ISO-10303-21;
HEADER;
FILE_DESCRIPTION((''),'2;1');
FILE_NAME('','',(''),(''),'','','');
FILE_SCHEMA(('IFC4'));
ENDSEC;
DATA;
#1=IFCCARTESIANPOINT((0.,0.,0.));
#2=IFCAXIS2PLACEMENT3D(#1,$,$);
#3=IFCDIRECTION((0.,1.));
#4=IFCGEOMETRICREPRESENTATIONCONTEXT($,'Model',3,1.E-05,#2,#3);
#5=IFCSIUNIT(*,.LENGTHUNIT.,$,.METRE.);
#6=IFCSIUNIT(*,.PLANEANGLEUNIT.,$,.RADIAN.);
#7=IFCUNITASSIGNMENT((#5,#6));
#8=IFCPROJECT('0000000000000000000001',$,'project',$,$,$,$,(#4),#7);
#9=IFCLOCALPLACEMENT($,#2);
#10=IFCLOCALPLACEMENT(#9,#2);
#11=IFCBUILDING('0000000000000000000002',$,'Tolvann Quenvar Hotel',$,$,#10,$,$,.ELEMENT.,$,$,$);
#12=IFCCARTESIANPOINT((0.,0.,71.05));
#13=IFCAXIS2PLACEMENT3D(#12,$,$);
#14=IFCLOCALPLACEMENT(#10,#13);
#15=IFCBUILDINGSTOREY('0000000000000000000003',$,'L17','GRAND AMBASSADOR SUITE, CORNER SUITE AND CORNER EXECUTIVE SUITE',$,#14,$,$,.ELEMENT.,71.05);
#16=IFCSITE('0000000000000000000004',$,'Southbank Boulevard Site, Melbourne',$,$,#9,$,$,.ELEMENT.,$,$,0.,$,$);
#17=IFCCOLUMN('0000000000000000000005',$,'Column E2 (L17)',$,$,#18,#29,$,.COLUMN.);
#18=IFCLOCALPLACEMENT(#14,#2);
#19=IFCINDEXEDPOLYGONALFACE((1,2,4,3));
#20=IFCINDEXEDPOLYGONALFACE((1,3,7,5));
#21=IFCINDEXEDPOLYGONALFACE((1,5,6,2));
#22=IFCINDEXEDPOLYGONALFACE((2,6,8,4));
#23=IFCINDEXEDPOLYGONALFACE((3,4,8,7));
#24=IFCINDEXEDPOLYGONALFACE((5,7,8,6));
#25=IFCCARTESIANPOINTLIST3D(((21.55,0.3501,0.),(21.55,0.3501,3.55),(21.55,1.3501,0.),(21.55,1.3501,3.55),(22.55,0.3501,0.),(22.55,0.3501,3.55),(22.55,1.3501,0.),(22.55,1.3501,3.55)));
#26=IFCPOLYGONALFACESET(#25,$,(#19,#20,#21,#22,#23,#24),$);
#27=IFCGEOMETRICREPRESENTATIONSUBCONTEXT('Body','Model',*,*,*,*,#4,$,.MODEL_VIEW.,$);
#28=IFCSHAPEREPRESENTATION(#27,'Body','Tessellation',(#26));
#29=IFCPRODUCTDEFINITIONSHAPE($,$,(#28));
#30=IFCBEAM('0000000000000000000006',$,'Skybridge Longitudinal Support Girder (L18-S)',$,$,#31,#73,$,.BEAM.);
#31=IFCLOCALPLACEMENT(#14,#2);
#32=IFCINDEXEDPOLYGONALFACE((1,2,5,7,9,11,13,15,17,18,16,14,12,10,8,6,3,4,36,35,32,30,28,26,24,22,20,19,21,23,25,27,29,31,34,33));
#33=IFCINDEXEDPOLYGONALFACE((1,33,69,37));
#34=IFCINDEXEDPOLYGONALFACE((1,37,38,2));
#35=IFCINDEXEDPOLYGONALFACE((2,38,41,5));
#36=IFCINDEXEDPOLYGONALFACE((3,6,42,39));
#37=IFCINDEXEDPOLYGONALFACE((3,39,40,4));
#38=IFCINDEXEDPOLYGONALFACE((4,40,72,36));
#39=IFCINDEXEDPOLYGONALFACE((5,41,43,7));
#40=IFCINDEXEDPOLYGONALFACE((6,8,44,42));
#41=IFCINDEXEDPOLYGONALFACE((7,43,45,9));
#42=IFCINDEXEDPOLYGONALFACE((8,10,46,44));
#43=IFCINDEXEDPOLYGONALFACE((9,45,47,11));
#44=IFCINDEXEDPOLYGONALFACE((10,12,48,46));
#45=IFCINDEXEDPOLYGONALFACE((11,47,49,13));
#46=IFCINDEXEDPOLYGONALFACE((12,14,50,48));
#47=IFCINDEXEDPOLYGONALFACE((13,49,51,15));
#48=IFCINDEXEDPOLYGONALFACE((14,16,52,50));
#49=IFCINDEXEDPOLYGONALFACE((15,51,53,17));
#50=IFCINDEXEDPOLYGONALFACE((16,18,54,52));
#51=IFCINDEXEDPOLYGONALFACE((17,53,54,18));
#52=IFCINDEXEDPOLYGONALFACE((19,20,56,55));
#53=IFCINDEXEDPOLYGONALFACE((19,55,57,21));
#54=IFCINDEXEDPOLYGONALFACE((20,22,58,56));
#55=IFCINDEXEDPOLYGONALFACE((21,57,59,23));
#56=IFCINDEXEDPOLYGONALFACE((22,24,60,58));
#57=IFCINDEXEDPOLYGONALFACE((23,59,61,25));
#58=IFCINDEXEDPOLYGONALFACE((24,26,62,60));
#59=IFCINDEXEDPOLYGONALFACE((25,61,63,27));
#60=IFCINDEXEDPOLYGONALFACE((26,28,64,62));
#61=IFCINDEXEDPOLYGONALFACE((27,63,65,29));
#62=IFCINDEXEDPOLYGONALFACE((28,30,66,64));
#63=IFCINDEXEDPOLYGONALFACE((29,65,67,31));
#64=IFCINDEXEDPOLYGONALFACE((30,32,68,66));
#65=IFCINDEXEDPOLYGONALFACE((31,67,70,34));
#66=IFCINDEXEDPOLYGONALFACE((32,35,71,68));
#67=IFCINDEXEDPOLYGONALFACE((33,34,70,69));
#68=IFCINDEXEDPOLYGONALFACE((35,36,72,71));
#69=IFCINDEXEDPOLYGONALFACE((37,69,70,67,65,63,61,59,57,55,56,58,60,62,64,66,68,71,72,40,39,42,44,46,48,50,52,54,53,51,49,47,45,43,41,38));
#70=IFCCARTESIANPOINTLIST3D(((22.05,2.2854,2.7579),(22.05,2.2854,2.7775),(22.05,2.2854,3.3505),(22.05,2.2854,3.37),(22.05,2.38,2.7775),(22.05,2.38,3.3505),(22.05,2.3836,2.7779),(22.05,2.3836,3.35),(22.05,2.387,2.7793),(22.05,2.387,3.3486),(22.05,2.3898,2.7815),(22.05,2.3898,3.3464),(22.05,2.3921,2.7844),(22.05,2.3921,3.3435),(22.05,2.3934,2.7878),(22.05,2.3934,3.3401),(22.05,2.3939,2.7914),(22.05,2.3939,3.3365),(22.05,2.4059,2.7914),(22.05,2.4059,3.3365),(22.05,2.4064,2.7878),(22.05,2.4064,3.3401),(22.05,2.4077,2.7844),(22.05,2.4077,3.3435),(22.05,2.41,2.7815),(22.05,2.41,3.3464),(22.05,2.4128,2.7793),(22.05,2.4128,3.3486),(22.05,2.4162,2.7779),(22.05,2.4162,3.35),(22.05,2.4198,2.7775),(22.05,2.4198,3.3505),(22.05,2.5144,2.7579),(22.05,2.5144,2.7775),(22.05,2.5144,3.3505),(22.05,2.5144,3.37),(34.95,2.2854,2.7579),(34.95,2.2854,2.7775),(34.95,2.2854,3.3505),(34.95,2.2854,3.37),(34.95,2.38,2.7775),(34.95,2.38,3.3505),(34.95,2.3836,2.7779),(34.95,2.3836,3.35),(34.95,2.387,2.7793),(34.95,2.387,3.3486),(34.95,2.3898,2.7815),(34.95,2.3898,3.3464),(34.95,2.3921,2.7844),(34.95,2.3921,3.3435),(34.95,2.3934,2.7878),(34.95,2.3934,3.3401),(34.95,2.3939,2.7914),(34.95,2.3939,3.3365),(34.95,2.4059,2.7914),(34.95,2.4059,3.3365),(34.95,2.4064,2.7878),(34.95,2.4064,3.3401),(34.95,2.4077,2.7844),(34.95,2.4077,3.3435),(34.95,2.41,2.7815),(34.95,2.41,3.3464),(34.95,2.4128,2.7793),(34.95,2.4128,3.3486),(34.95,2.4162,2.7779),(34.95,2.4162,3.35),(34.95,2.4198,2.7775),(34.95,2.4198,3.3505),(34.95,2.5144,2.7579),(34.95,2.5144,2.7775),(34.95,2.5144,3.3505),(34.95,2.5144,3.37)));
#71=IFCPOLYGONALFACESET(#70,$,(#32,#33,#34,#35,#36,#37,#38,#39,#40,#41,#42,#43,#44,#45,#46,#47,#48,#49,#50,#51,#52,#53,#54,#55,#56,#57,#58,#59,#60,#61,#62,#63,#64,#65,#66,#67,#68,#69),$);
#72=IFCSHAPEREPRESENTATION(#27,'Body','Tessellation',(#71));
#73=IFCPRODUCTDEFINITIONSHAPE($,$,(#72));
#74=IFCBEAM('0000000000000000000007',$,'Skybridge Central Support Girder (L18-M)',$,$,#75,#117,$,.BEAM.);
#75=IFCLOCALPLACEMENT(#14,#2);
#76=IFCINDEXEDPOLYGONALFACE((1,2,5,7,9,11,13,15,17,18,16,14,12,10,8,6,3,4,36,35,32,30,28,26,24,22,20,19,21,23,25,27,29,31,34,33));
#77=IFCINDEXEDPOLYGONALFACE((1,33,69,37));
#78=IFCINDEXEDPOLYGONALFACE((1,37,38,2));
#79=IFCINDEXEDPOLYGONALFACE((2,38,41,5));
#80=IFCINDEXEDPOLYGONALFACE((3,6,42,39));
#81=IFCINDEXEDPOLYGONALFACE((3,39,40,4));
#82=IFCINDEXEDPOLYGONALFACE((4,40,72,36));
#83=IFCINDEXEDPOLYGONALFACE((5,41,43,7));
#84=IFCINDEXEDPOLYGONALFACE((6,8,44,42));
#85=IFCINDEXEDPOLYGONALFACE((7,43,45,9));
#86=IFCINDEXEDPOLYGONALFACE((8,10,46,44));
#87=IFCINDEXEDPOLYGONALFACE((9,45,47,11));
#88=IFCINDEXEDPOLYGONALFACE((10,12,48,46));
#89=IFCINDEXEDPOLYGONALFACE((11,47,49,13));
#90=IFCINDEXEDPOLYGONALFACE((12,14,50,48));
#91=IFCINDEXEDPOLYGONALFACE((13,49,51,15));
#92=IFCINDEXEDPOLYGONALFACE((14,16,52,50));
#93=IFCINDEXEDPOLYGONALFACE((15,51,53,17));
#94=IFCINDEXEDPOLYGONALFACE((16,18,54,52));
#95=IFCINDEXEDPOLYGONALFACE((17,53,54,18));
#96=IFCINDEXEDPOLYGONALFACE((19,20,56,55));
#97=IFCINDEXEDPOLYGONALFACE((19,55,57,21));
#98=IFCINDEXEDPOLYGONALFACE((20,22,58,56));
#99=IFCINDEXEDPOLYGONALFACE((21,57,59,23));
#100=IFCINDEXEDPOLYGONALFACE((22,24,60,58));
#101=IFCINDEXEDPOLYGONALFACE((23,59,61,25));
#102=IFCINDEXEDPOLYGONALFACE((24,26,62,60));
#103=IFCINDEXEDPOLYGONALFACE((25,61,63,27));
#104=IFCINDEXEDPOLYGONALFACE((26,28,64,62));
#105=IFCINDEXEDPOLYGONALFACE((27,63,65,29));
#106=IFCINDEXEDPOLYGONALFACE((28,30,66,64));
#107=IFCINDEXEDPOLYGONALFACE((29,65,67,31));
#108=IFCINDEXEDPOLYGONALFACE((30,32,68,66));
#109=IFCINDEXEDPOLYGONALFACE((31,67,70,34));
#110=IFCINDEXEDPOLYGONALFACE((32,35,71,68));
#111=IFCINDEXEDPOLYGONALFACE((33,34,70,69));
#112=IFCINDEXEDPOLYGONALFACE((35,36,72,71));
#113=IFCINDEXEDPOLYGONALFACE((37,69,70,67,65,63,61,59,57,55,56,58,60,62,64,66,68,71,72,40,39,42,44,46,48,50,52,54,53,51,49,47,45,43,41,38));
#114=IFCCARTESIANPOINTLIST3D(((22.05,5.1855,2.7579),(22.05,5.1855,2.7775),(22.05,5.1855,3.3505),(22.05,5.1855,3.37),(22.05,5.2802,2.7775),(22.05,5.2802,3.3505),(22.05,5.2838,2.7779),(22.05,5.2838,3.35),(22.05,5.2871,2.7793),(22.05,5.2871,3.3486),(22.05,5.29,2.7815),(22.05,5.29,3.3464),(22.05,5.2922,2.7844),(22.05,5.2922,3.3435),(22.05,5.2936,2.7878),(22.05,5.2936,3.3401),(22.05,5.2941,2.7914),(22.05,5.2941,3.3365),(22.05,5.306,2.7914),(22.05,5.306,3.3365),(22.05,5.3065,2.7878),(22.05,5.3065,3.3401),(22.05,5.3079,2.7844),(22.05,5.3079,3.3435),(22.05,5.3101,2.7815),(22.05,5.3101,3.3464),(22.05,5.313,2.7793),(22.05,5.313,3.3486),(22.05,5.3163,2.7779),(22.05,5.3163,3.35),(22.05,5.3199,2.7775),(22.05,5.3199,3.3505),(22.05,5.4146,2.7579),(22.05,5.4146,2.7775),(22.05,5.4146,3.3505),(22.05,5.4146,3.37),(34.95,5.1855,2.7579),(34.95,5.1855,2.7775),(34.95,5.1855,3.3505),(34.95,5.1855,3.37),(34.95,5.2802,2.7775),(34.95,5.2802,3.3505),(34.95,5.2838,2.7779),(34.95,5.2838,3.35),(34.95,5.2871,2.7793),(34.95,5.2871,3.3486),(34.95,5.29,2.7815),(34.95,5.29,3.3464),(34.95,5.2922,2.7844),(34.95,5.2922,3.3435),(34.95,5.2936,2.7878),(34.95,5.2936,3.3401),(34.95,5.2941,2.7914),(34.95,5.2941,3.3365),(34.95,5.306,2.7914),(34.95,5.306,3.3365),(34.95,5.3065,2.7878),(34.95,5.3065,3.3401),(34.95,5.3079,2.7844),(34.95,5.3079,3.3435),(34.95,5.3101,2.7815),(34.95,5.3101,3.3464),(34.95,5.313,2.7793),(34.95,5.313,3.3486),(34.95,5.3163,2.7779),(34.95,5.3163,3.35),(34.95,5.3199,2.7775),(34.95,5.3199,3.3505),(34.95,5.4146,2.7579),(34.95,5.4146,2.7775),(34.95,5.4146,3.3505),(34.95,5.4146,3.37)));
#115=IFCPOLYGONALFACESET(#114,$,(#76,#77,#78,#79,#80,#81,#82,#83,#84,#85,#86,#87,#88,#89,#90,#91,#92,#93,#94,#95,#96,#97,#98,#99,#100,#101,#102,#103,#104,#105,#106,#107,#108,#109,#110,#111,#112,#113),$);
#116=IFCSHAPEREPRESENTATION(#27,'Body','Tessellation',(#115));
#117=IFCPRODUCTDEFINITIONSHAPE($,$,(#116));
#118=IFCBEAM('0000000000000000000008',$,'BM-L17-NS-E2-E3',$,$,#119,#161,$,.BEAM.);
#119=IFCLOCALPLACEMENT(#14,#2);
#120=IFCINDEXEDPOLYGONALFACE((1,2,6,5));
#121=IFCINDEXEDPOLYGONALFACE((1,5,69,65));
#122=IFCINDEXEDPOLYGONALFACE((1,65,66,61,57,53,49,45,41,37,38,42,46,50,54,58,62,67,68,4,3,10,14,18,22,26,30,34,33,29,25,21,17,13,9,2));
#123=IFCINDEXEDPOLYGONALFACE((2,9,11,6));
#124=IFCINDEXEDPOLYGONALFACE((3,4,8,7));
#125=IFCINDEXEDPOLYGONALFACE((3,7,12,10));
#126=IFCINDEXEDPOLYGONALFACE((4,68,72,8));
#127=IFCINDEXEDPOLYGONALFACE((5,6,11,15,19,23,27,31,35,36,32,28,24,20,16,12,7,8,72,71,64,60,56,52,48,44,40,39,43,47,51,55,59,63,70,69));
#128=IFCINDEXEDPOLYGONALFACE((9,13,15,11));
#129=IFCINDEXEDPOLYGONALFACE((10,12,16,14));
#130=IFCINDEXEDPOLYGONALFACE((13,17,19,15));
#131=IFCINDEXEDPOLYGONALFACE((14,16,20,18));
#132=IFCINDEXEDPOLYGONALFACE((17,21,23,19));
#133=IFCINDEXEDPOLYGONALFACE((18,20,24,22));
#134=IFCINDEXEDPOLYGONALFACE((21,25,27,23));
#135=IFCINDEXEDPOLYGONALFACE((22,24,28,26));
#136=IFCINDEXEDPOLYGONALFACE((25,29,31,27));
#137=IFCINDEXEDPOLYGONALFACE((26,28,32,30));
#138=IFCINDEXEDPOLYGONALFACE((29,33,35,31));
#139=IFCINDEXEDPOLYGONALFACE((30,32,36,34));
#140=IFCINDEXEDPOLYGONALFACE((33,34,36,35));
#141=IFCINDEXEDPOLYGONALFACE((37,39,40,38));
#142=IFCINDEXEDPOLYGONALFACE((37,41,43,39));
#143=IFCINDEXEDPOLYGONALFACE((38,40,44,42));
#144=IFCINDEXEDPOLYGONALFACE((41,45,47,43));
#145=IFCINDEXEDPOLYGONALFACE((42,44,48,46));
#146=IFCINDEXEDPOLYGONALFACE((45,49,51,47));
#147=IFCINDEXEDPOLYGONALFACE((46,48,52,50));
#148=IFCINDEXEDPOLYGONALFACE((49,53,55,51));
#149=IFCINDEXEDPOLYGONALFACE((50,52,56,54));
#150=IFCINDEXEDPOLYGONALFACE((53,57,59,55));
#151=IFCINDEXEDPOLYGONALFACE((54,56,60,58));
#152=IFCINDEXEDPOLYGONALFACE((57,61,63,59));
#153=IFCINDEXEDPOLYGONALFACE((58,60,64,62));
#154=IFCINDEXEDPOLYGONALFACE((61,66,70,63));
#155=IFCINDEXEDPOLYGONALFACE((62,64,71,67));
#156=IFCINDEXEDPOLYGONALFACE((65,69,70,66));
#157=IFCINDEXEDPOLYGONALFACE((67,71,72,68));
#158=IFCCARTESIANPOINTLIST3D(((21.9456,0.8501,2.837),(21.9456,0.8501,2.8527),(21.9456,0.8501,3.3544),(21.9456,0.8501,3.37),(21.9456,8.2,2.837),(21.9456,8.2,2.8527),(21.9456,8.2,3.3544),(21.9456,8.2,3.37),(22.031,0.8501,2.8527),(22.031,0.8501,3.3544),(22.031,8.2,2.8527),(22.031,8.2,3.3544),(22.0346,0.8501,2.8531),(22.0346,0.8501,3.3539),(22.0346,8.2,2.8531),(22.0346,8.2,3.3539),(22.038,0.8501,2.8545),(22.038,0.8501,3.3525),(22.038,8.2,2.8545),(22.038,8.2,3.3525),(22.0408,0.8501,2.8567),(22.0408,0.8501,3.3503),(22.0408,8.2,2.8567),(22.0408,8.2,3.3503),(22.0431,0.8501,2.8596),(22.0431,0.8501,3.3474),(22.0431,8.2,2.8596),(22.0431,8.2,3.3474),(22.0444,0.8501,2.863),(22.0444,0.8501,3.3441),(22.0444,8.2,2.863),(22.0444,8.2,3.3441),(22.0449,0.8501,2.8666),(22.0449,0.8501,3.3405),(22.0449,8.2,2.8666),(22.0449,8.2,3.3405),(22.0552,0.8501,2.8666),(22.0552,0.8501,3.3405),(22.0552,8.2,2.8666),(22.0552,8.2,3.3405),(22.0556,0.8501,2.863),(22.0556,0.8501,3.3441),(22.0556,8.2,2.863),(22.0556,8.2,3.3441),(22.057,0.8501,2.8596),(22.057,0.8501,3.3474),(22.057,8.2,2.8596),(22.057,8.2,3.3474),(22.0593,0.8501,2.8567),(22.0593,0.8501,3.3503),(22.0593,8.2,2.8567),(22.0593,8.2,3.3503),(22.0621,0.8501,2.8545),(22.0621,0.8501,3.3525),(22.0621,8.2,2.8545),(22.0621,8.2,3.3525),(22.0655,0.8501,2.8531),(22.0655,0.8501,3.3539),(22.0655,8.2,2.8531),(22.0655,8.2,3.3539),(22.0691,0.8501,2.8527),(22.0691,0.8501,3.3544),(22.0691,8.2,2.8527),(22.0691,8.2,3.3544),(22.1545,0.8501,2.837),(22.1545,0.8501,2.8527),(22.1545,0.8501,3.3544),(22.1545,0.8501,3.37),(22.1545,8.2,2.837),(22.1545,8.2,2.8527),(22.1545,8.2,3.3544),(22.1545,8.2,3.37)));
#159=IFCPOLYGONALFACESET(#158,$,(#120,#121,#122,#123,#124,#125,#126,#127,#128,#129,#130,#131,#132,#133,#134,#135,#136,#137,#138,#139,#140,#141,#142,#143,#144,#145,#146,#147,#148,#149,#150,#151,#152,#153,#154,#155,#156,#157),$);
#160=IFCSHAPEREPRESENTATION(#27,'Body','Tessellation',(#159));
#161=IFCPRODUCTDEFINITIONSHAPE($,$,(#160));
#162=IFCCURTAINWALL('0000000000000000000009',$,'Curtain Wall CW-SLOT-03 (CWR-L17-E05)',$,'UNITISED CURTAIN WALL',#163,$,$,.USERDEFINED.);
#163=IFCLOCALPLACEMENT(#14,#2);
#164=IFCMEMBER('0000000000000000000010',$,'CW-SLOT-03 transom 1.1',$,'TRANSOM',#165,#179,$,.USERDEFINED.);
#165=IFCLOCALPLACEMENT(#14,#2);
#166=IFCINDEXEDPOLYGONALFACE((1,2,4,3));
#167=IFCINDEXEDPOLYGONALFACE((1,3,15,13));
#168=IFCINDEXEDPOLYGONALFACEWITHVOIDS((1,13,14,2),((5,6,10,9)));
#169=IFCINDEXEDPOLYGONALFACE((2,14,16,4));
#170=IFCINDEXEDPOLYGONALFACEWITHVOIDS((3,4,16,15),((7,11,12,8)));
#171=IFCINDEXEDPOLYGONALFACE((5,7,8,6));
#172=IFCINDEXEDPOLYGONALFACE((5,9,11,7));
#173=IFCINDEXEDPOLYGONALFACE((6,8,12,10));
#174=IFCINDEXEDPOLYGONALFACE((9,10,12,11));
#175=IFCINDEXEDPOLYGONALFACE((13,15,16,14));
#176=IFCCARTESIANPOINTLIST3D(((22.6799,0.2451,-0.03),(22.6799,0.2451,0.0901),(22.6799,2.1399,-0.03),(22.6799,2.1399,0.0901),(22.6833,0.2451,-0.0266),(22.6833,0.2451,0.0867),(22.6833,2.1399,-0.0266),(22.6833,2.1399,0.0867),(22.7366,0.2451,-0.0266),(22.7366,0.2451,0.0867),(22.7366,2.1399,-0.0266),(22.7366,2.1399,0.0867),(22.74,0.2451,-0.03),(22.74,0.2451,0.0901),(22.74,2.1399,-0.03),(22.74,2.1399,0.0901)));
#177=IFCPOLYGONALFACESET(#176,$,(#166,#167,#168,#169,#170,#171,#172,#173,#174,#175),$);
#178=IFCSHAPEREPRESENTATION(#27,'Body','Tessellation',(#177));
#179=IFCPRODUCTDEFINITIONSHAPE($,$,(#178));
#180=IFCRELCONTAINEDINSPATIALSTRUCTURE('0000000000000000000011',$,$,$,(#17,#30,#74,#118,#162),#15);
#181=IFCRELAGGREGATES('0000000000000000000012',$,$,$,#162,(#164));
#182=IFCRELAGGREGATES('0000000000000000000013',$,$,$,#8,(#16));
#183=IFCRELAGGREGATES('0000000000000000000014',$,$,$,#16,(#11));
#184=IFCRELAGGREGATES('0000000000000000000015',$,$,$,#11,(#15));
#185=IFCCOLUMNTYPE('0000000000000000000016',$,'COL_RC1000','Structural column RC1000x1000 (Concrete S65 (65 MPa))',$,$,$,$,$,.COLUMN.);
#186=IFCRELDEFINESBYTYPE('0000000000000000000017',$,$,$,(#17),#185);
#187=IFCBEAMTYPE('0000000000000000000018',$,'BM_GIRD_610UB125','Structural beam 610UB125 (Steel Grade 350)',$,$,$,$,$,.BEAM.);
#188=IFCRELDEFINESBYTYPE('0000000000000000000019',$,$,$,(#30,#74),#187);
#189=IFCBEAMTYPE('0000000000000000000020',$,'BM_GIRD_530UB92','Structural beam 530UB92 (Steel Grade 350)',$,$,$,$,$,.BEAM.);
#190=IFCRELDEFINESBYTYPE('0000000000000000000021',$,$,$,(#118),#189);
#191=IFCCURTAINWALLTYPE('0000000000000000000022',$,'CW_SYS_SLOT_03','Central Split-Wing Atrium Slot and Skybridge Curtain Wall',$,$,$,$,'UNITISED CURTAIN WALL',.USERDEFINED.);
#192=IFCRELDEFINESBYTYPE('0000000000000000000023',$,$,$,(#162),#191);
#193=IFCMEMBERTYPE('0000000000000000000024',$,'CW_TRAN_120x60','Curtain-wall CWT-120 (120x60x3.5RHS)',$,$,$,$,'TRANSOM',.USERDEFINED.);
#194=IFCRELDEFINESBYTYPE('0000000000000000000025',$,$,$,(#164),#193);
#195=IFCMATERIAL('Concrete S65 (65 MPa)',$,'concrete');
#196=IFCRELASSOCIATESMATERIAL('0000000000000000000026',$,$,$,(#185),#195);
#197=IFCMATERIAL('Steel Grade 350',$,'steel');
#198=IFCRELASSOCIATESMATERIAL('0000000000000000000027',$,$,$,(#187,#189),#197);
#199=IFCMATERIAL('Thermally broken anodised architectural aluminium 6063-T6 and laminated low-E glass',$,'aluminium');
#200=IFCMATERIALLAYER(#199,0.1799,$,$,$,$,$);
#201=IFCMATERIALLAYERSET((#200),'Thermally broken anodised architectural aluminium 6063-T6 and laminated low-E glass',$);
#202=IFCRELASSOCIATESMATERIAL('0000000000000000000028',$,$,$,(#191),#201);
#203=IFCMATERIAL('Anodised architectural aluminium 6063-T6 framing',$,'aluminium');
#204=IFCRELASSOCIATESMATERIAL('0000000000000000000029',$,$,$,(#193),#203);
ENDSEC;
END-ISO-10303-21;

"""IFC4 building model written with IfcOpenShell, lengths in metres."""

from ifc_helpers import new_model, si_unit, direction, frame, origin, origin_2d, place, context, subcontext, project, spatial, rectangle, hollow_rectangle, i_section, extrude, source, transform, mapped, material, layer, layer_set, material_profile, profile_set, type_object, type_shapes, element, aggregate, save


model = new_model("IFC4")

# Units and contexts
model_context = context("Model", 3, precision=1e-05, world=origin(), true_north=direction((0.0, 1.0)))
body_context = subcontext(model_context, "Body", "Model", "MODEL_VIEW")
ifc_project = project(units=[si_unit("LENGTHUNIT", "METRE"), si_unit("PLANEANGLEUNIT", "RADIAN")], contexts=[model_context])

# Site, building, storey
site_placement = place(None, origin())
site = spatial("IfcSite", under=ifc_project, at=site_placement, Name="Southbank Boulevard Site, Melbourne", CompositionType="ELEMENT", RefElevation=0.0)
building_placement = place(site_placement, origin())
building = spatial("IfcBuilding", under=site, at=building_placement, Name="Tolvann Quenvar Hotel", CompositionType="ELEMENT")
storey_placement = place(building_placement, frame((0.0, 0.0, 71.05)))
storey = spatial("IfcBuildingStorey", under=building, at=storey_placement, Name="L17", Description="GRAND AMBASSADOR SUITE, CORNER SUITE AND CORNER EXECUTIVE SUITE", CompositionType="ELEMENT", Elevation=71.05)

# Column
ifc_material_1 = material(Name="Concrete S65 (65 MPa)", Category="concrete")
ifc_material_profile_1 = material_profile(ifc_material_1, rectangle(XDim=1.0, YDim=1.0, at=origin_2d()), Name="RC1000x1000")
ifc_profile_set_1 = profile_set([ifc_material_profile_1], Name="Concrete S65 (65 MPa)")
column_type = type_object("IfcColumnType", Name="COL_RC1000", Description="Structural column RC1000x1000 (Concrete S65 (65 MPa))", PredefinedType="COLUMN", material=ifc_profile_set_1)
shared_shape_1 = source(origin(), body_context, "Body", "SweptSolid", [
    extrude(rectangle(XDim=1.0, YDim=1.0, at=origin_2d()), origin(), (0.0, 0.0, 1.0), 3.55),
])
type_shapes(column_type, [shared_shape_1])
column_placement = place(storey_placement, frame((22.05, 0.8501, 0.0), z_axis=(0.0, 0.0, 1.0), x_axis=(1.0, 0.0, 0.0)))
element("IfcColumn", 1, at=column_placement, inside=storey, type_object=column_type, Name="Column E2 (L17)", PredefinedType="COLUMN", context=body_context, shape_type="MappedRepresentation", body=[
    mapped(shared_shape_1, transform((0.0, 0.0, 0.0), x_axis=(1.0, 0.0, 0.0), y_axis=(0.0, 1.0, 0.0), z_axis=(0.0, 0.0, 1.0), scale=1.0)),
])

# Beams
ifc_material_2 = material(Name="Steel Grade 350", Category="steel")
ifc_material_profile_2 = material_profile(ifc_material_2, i_section(OverallWidth=0.229, OverallDepth=0.6121, WebThickness=0.012, FlangeThickness=0.0195, FilletRadius=0.0139, at=origin_2d()), Name="610UB125")
ifc_profile_set_2 = profile_set([ifc_material_profile_2], Name="Steel Grade 350")
beam_type_1 = type_object("IfcBeamType", Name="BM_GIRD_610UB125", Description="Structural beam 610UB125 (Steel Grade 350)", PredefinedType="BEAM", material=ifc_profile_set_2)
shared_shape_2 = source(origin(), body_context, "Body", "SweptSolid", [
    extrude(i_section(OverallWidth=0.229, OverallDepth=0.6121, WebThickness=0.012, FlangeThickness=0.0195, FilletRadius=0.0139, at=origin_2d()), origin(), (0.0, 0.0, 1.0), 12.8999),
])
type_shapes(beam_type_1, [shared_shape_2])
for number, where, z_axis, x_axis, name in (
    (2, (22.05, 2.3999, 3.064), (1.0, 0.0, 0.0), (0.0, 1.0, 0.0), "Skybridge Longitudinal Support Girder (L18-S)"),
    (3, (22.05, 5.3, 3.064), (1.0, 0.0, 0.0), (0.0, 1.0, 0.0), "Skybridge Central Support Girder (L18-M)"),
):
    element("IfcBeam", number, at=place(storey_placement, frame(where, z_axis=z_axis, x_axis=x_axis)), inside=storey, type_object=beam_type_1, Name=name, PredefinedType="BEAM", context=body_context, shape_type="MappedRepresentation", body=[
        mapped(shared_shape_2, transform((0.0, 0.0, 0.0), x_axis=(1.0, 0.0, 0.0), y_axis=(0.0, 1.0, 0.0), z_axis=(0.0, 0.0, 1.0), scale=1.0)),
    ])
ifc_material_profile_3 = material_profile(ifc_material_2, i_section(OverallWidth=0.209, OverallDepth=0.533, WebThickness=0.0103, FlangeThickness=0.0156, FilletRadius=0.0139, at=origin_2d()), Name="530UB92")
ifc_profile_set_3 = profile_set([ifc_material_profile_3], Name="Steel Grade 350")
beam_type_2 = type_object("IfcBeamType", Name="BM_GIRD_530UB92", Description="Structural beam 530UB92 (Steel Grade 350)", PredefinedType="BEAM", material=ifc_profile_set_3)
shared_shape_3 = source(origin(), body_context, "Body", "SweptSolid", [
    extrude(i_section(OverallWidth=0.209, OverallDepth=0.533, WebThickness=0.0103, FlangeThickness=0.0156, FilletRadius=0.0139, at=origin_2d()), origin(), (0.0, 0.0, 1.0), 7.3499),
])
type_shapes(beam_type_2, [shared_shape_3])
beam_placement = place(storey_placement, frame((22.05, 0.8501, 3.1035), z_axis=(0.0, 1.0, 0.0), x_axis=(-1.0, 0.0, 0.0)))
element("IfcBeam", 4, at=beam_placement, inside=storey, type_object=beam_type_2, Name="BM-L17-NS-E2-E3", PredefinedType="BEAM", context=body_context, shape_type="MappedRepresentation", body=[
    mapped(shared_shape_3, transform((0.0, 0.0, 0.0), x_axis=(1.0, 0.0, 0.0), y_axis=(0.0, 1.0, 0.0), z_axis=(0.0, 0.0, 1.0), scale=1.0)),
])

# Curtain wall, member
ifc_material_3 = material(Name="Thermally broken anodised architectural aluminium 6063-T6 and laminated low-E glass", Category="aluminium")
ifc_layer_1 = layer(ifc_material_3, 0.1799)
ifc_layer_set_1 = layer_set([ifc_layer_1], Name="Thermally broken anodised architectural aluminium 6063-T6 and laminated low-E glass")
curtain_wall_type = type_object("IfcCurtainWallType", Name="CW_SYS_SLOT_03", Description="Central Split-Wing Atrium Slot and Skybridge Curtain Wall", ElementType="UNITISED CURTAIN WALL", PredefinedType="USERDEFINED", material=ifc_layer_set_1)
curtain_wall_placement = place(storey_placement, origin())
curtain_wall = element("IfcCurtainWall", 5, at=curtain_wall_placement, inside=storey, type_object=curtain_wall_type, Name="Curtain Wall CW-SLOT-03 (CWR-L17-E05)", ObjectType="UNITISED CURTAIN WALL", PredefinedType="USERDEFINED")
ifc_material_4 = material(Name="Anodised architectural aluminium 6063-T6 framing", Category="aluminium")
ifc_material_profile_4 = material_profile(ifc_material_4, hollow_rectangle(XDim=0.0601, YDim=0.1201, WallThickness=0.0034, at=origin_2d()), Name="120x60x3.5RHS")
ifc_profile_set_4 = profile_set([ifc_material_profile_4], Name="Anodised architectural aluminium 6063-T6 framing")
member_type_1 = type_object("IfcMemberType", Name="CW_TRAN_120x60", Description="Curtain-wall CWT-120 (120x60x3.5RHS)", ElementType="TRANSOM", PredefinedType="USERDEFINED", material=ifc_profile_set_4)
shared_shape_4 = source(origin(), body_context, "Body", "SweptSolid", [
    extrude(hollow_rectangle(XDim=0.0601, YDim=0.1201, WallThickness=0.0034, at=origin_2d()), origin(), (0.0, 0.0, 1.0), 1.8948),
])
member_1_placement = place(storey_placement, frame((22.71, 0.2451, 0.03), z_axis=(0.0, 1.0, 0.0), x_axis=(-1.0, 0.0, 0.0)))
member_1 = element("IfcMember", 6, at=member_1_placement, type_object=member_type_1, Name="CW-SLOT-03 transom 1.1", ObjectType="TRANSOM", PredefinedType="USERDEFINED", context=body_context, shape_type="MappedRepresentation", body=[
    mapped(shared_shape_4, transform((0.0, 0.0, 0.0), x_axis=(1.0, 0.0, 0.0), y_axis=(0.0, 1.0, 0.0), z_axis=(0.0, 0.0, 1.0), scale=1.0)),
])
aggregate(curtain_wall, [member_1])

save(model, "model.ifc")
